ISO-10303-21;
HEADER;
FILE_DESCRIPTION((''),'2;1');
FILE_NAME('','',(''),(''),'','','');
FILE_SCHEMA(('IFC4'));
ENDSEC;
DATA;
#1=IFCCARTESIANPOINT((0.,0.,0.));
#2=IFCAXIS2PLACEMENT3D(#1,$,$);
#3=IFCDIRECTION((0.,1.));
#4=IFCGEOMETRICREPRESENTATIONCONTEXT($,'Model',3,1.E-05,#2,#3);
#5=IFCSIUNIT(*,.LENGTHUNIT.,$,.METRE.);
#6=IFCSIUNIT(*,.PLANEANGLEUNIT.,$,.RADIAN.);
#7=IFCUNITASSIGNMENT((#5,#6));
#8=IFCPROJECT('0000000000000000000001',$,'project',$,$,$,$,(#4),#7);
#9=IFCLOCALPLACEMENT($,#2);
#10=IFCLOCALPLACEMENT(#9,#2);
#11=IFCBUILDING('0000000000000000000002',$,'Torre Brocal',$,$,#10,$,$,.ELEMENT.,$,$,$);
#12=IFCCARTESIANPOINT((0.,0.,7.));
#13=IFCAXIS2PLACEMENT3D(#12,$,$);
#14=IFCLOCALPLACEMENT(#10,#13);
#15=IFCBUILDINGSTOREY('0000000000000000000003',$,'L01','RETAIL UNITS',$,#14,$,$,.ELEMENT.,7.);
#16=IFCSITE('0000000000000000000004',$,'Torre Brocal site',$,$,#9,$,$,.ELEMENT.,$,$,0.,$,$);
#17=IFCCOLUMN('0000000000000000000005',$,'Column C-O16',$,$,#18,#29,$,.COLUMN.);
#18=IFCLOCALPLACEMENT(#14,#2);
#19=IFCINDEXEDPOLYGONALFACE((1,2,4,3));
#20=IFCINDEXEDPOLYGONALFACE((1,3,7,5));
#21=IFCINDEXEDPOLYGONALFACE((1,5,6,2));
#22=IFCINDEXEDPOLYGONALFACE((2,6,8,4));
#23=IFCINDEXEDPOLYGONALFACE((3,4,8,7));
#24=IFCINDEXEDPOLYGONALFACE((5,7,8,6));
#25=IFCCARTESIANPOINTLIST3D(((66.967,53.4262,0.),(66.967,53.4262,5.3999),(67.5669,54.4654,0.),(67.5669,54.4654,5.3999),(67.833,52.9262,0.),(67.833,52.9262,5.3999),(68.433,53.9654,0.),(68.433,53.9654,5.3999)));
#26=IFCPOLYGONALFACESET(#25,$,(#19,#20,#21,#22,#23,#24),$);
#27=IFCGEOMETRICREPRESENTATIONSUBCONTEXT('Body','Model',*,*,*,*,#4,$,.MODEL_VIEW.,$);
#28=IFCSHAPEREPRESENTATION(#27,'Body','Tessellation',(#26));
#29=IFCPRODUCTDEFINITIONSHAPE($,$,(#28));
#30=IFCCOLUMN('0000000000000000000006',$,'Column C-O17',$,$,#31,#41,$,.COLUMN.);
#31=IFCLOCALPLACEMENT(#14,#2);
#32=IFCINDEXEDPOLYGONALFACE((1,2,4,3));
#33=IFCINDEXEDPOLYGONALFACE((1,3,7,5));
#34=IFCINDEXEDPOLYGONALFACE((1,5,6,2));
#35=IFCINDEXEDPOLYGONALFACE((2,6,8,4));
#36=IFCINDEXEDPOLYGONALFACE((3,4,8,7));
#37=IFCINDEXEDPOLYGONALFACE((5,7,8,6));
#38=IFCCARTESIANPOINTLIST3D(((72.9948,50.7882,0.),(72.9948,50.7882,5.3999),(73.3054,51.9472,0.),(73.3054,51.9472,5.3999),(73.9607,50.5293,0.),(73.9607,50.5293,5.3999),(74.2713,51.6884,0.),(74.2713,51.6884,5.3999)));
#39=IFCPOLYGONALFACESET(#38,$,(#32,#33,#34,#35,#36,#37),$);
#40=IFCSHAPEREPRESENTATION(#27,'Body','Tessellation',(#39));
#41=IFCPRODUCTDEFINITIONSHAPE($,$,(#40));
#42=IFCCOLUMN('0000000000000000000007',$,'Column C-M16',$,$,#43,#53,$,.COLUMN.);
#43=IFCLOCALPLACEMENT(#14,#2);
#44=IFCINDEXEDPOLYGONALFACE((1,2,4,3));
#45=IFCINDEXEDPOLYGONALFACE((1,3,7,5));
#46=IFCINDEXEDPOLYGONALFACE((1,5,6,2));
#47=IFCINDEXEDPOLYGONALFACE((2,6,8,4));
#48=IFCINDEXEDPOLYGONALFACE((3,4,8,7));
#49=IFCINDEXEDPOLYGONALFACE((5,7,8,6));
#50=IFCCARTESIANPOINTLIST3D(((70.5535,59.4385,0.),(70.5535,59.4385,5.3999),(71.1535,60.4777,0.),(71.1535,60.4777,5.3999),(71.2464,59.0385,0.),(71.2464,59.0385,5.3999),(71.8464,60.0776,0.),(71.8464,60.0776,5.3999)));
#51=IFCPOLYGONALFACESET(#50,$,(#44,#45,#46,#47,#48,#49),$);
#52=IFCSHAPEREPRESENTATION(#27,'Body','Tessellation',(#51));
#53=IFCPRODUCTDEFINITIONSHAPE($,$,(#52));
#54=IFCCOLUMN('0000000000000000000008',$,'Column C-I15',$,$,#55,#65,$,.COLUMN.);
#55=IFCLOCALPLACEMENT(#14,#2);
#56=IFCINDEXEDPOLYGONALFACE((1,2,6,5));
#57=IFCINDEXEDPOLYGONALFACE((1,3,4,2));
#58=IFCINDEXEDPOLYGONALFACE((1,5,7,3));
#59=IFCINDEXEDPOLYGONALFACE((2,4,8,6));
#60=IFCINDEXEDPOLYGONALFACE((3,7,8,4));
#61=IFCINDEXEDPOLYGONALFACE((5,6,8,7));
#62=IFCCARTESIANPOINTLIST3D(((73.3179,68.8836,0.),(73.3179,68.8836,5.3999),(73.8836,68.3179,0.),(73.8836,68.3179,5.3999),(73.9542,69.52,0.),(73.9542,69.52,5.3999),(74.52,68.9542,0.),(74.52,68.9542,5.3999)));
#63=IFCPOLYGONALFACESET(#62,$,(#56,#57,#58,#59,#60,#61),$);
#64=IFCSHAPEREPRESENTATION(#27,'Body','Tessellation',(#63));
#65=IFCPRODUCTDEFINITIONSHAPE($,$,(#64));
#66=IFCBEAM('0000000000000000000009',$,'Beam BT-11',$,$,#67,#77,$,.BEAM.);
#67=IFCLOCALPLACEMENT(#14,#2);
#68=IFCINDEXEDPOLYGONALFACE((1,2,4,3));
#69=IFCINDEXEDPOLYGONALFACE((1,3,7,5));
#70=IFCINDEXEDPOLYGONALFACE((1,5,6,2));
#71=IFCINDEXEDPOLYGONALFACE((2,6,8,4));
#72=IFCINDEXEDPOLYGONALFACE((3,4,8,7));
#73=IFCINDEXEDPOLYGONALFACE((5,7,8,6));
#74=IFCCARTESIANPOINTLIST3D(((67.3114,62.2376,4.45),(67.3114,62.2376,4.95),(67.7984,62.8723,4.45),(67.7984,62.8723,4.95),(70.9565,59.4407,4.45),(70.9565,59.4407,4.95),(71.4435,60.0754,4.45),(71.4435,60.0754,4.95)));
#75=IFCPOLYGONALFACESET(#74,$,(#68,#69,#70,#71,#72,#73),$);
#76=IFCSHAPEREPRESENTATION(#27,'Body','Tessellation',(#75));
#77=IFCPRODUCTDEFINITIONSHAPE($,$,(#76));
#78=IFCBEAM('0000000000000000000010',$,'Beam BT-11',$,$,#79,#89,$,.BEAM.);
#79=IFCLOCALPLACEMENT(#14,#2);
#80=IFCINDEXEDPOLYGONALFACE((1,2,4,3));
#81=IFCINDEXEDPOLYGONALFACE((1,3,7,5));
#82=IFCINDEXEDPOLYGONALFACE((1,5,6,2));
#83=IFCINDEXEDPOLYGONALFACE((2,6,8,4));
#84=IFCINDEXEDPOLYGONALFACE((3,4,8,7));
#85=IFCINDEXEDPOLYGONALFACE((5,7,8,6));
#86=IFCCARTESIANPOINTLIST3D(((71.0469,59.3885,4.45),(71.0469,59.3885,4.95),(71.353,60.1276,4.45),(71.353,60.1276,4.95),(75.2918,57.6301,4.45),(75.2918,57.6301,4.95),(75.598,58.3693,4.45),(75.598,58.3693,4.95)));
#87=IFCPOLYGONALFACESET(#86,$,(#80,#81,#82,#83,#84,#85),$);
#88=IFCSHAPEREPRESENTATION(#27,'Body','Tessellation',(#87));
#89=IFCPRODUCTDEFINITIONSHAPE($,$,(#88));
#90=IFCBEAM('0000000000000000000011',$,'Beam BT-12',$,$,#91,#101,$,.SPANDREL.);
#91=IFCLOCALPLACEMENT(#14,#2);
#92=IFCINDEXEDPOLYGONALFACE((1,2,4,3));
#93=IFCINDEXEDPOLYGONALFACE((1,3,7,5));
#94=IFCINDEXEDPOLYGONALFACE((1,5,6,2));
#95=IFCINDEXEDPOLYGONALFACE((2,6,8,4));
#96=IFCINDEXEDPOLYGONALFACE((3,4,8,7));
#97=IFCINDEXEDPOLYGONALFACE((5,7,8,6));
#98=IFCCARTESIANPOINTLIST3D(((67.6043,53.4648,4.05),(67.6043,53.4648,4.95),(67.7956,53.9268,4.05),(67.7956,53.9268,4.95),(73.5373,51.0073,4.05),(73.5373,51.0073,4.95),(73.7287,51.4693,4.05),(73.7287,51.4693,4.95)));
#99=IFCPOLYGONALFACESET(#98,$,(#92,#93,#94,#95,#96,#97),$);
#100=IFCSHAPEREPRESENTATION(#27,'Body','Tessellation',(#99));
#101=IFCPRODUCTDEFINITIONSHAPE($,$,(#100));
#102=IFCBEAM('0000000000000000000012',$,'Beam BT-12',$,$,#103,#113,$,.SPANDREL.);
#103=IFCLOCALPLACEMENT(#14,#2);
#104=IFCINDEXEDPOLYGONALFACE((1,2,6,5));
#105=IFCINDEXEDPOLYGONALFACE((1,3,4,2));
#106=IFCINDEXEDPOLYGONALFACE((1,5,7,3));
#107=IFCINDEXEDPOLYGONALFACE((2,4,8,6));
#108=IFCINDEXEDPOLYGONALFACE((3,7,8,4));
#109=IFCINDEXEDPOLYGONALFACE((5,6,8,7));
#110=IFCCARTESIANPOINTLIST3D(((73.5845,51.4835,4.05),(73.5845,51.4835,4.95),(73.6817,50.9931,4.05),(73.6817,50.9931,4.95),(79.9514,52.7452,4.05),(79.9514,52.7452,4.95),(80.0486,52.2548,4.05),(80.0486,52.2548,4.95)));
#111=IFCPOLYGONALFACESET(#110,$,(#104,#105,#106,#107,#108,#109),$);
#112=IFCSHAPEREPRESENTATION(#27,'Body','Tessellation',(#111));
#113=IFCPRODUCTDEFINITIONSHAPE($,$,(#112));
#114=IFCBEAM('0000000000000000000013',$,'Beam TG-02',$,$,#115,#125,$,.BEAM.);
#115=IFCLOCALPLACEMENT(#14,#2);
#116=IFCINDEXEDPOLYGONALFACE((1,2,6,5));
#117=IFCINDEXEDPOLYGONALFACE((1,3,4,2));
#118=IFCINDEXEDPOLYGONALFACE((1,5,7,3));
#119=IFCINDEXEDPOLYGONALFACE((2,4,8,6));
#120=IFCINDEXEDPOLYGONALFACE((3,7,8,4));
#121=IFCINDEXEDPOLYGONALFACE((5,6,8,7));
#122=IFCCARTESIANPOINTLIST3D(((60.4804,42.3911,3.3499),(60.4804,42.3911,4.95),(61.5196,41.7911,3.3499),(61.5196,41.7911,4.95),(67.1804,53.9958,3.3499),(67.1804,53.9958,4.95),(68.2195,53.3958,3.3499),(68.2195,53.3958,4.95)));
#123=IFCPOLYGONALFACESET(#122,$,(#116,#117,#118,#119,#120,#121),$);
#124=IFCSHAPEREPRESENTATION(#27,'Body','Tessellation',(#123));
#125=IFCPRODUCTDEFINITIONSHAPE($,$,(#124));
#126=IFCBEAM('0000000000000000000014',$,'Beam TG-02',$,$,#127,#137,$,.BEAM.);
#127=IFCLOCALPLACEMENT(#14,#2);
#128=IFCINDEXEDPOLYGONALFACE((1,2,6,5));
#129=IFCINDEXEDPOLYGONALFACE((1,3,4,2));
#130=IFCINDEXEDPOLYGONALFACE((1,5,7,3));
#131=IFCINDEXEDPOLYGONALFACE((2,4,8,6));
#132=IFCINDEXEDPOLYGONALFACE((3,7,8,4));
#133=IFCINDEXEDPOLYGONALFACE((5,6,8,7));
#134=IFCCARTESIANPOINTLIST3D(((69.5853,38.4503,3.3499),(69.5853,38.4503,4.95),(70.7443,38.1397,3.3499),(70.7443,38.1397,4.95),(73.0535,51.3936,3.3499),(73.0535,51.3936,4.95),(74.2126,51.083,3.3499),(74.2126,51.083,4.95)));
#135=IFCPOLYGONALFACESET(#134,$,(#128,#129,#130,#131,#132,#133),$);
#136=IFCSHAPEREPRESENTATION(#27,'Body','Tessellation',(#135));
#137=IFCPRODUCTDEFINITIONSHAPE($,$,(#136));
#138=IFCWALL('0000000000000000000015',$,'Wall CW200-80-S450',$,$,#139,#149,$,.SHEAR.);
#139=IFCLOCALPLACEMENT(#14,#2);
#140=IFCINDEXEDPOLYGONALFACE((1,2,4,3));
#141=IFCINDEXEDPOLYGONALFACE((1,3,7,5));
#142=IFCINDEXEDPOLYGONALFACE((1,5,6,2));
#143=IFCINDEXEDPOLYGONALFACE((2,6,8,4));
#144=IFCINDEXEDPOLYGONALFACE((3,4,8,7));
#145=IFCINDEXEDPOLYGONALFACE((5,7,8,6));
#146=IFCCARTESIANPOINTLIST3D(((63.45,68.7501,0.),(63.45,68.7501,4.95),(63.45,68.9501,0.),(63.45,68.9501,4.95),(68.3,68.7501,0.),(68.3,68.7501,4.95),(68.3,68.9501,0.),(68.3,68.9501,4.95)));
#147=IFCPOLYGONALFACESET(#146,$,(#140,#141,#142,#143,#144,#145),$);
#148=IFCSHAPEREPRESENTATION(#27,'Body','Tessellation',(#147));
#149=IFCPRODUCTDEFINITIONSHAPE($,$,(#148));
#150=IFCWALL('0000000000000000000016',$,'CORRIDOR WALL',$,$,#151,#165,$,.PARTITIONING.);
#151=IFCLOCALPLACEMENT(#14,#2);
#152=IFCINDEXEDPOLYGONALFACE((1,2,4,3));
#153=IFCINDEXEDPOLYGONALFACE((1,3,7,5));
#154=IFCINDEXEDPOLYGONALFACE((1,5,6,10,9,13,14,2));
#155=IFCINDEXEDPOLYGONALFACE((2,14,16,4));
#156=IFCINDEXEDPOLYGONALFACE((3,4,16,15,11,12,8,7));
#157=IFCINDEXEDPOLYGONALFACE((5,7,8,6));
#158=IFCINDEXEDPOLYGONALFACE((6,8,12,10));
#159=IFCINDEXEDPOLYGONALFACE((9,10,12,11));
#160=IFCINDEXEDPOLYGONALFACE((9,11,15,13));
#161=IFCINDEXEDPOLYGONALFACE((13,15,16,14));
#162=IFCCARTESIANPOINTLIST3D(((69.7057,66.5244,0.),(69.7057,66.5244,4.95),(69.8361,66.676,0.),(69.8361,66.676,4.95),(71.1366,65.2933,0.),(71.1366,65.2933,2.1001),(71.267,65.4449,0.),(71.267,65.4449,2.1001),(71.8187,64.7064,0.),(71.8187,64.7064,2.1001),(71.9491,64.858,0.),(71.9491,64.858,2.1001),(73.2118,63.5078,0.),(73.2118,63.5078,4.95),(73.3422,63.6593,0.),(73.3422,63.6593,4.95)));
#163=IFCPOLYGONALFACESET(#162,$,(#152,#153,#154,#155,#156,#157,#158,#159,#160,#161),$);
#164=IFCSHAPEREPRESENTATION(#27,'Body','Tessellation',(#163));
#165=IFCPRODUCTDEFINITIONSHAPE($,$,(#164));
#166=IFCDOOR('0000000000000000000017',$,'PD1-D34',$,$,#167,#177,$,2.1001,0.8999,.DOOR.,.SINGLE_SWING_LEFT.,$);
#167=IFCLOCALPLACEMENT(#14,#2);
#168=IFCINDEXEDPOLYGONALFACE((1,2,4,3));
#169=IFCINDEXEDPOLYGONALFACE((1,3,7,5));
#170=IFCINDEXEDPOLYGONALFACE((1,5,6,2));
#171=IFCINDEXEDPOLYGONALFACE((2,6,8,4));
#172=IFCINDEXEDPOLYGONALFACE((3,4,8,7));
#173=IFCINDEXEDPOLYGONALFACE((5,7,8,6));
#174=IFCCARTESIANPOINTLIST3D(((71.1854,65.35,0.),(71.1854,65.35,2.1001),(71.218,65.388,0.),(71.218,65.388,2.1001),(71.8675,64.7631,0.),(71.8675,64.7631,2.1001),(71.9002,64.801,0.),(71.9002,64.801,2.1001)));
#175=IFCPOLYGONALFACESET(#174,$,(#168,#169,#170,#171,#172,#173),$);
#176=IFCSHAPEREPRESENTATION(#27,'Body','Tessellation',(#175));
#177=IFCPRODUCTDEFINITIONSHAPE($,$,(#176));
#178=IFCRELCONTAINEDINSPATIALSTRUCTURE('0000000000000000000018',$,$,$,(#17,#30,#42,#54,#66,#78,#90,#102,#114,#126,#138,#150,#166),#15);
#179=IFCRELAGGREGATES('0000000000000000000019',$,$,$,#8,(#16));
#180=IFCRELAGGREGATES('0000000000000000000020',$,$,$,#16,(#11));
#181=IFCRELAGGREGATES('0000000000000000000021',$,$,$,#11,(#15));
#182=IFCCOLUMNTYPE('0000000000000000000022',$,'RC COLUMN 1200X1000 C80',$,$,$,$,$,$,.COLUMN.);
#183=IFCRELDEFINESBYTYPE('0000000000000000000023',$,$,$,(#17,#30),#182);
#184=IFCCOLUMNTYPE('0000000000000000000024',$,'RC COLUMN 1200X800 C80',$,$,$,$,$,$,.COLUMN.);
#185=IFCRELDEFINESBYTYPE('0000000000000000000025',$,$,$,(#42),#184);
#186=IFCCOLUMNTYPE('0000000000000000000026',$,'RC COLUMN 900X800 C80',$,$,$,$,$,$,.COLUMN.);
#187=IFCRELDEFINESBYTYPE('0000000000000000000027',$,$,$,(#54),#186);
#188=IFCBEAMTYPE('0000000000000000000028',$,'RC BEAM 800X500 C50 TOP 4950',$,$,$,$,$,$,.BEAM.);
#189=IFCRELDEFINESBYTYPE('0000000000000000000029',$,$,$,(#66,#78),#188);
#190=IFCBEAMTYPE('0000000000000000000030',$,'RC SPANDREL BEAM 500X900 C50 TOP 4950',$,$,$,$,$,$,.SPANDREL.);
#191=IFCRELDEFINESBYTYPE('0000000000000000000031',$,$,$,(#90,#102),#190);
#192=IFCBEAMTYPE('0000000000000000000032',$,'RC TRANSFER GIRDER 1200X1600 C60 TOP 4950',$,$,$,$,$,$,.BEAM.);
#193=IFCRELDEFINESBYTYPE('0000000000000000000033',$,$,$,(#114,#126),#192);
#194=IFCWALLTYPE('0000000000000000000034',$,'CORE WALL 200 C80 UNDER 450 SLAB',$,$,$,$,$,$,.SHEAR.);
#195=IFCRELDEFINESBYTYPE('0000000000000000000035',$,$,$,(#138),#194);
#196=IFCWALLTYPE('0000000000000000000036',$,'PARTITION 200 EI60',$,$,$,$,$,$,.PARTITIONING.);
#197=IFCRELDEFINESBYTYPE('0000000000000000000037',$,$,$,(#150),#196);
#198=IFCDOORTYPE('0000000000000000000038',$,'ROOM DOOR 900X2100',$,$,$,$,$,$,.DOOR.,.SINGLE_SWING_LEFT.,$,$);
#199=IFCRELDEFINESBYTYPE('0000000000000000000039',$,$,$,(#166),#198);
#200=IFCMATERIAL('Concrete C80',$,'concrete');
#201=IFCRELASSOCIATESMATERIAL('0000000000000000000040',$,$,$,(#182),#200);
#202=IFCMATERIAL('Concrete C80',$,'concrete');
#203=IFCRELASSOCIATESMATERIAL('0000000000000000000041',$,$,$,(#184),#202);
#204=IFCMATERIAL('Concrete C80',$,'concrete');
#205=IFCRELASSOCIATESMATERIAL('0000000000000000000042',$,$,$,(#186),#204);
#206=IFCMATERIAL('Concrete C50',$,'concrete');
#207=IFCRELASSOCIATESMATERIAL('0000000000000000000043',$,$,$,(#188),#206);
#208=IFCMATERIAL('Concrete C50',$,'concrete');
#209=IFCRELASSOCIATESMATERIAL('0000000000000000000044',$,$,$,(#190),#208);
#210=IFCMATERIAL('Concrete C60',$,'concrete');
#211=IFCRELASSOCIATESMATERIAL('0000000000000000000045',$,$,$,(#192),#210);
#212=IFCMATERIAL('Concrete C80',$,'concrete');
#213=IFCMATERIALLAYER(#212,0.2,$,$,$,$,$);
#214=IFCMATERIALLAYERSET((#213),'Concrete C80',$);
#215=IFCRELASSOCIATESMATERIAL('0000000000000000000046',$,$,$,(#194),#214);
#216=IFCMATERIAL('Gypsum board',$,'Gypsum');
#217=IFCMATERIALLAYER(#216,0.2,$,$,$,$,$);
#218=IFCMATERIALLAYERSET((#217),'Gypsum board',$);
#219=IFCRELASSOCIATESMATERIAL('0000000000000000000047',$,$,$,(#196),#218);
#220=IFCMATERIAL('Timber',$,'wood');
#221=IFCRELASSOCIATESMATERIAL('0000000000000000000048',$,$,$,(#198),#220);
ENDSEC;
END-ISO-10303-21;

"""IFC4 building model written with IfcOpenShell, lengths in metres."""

from ifc_helpers import new_model, si_unit, direction, frame, frame_2d, origin, origin_2d, place, context, subcontext, project, spatial, rectangle, extrude, material, layer, layer_set, material_profile, profile_set, type_object, element, fill, save


model = new_model("IFC4")

# Units and contexts
model_context = context("Model", 3, precision=1e-05, world=origin(), true_north=direction((0.0, 1.0)))
body_context = subcontext(model_context, "Body", "Model", "MODEL_VIEW")
ifc_project = project(units=[si_unit("LENGTHUNIT", "METRE"), si_unit("PLANEANGLEUNIT", "RADIAN")], contexts=[model_context])

# Site, building, storey
site_placement = place(None, origin())
site = spatial("IfcSite", under=ifc_project, at=site_placement, Name="Torre Brocal site", CompositionType="ELEMENT", RefElevation=0.0)
building_placement = place(site_placement, origin())
building = spatial("IfcBuilding", under=site, at=building_placement, Name="Torre Brocal", CompositionType="ELEMENT")
storey_placement = place(building_placement, frame((0.0, 0.0, 7.0)))
storey = spatial("IfcBuildingStorey", under=building, at=storey_placement, Name="L01", Description="RETAIL UNITS", CompositionType="ELEMENT", Elevation=7.0)

# Columns
ifc_material_1 = material(Name="Concrete C80", Category="concrete")
ifc_material_profile_1 = material_profile(ifc_material_1, rectangle(XDim=1.2, YDim=1.0, at=origin_2d()), Name="RC 1200X1000")
ifc_profile_set_1 = profile_set([ifc_material_profile_1], Name="Concrete C80")
column_type_1 = type_object("IfcColumnType", Name="RC COLUMN 1200X1000 C80", PredefinedType="COLUMN", material=ifc_profile_set_1)
for number, where, z_axis, x_axis, name in (
    (1, (67.7, 53.6958, 0.0), (0.0, 0.0, 1.0), (-0.5, -0.866025, 0.0), "Column C-O16"),
    (2, (73.6331, 51.2383, 0.0), (0.0, 0.0, 1.0), (-0.258819, -0.965926, 0.0), "Column C-O17"),
):
    element("IfcColumn", number, at=place(storey_placement, frame(where, z_axis=z_axis, x_axis=x_axis)), inside=storey, type_object=column_type_1, Name=name, PredefinedType="COLUMN", context=body_context, shape_type="SweptSolid", body=[
        extrude(rectangle(XDim=1.2, YDim=1.0, at=origin_2d()), origin(), (0.0, 0.0, 1.0), 5.3999),
    ])
ifc_material_2 = material(Name="Concrete C80", Category="concrete")
ifc_material_profile_2 = material_profile(ifc_material_2, rectangle(XDim=1.2, YDim=0.8, at=origin_2d()), Name="RC 1200X800")
ifc_profile_set_2 = profile_set([ifc_material_profile_2], Name="Concrete C80")
column_type_2 = type_object("IfcColumnType", Name="RC COLUMN 1200X800 C80", PredefinedType="COLUMN", material=ifc_profile_set_2)
column_1_placement = place(storey_placement, frame((71.2, 59.7581, 0.0), z_axis=(0.0, 0.0, 1.0), x_axis=(-0.5, -0.866025, 0.0)))
element("IfcColumn", 3, at=column_1_placement, inside=storey, type_object=column_type_2, Name="Column C-M16", PredefinedType="COLUMN", context=body_context, shape_type="SweptSolid", body=[
    extrude(rectangle(XDim=1.2, YDim=0.8, at=origin_2d()), origin(), (0.0, 0.0, 1.0), 5.3999),
])
ifc_material_3 = material(Name="Concrete C80", Category="concrete")
ifc_material_profile_3 = material_profile(ifc_material_3, rectangle(XDim=0.8999, YDim=0.8, at=origin_2d()), Name="RC 900X800")
ifc_profile_set_3 = profile_set([ifc_material_profile_3], Name="Concrete C80")
column_type_3 = type_object("IfcColumnType", Name="RC COLUMN 900X800 C80", PredefinedType="COLUMN", material=ifc_profile_set_3)
column_2_placement = place(storey_placement, frame((73.9189, 68.9189, 0.0), z_axis=(0.0, 0.0, 1.0), x_axis=(-0.707107, -0.707107, 0.0)))
element("IfcColumn", 4, at=column_2_placement, inside=storey, type_object=column_type_3, Name="Column C-I15", PredefinedType="COLUMN", context=body_context, shape_type="SweptSolid", body=[
    extrude(rectangle(XDim=0.8999, YDim=0.8, at=origin_2d()), origin(), (0.0, 0.0, 1.0), 5.3999),
])

# Beams
ifc_material_4 = material(Name="Concrete C50", Category="concrete")
ifc_material_profile_4 = material_profile(ifc_material_4, rectangle(XDim=0.8, YDim=0.5, at=origin_2d()), Name="RC 800X500")
ifc_profile_set_4 = profile_set([ifc_material_profile_4], Name="Concrete C50")
beam_type_1 = type_object("IfcBeamType", Name="RC BEAM 800X500 C50 TOP 4950", PredefinedType="BEAM", material=ifc_profile_set_4)
beam_1_placement = place(storey_placement, frame((67.5549, 62.5549, 4.7), z_axis=(0.793358, -0.608755, 0.0), x_axis=(0.608755, 0.793358, 0.0)))
element("IfcBeam", 5, at=beam_1_placement, inside=storey, type_object=beam_type_1, Name="Beam BT-11", PredefinedType="BEAM", context=body_context, shape_type="SweptSolid", body=[
    extrude(rectangle(XDim=0.8, YDim=0.5, at=origin_2d()), origin(), (0.0, 0.0, 1.0), 4.5945),
])
beam_2_placement = place(storey_placement, frame((71.2, 59.7581, 4.7), z_axis=(0.923878, -0.382687, 0.0), x_axis=(0.382687, 0.923878, 0.0)))
element("IfcBeam", 6, at=beam_2_placement, inside=storey, type_object=beam_type_1, Name="Beam BT-11", PredefinedType="BEAM", context=body_context, shape_type="SweptSolid", body=[
    extrude(rectangle(XDim=0.8, YDim=0.5, at=origin_2d()), origin(), (0.0, 0.0, 1.0), 4.5947),
])
ifc_material_5 = material(Name="Concrete C50", Category="concrete")
ifc_material_profile_5 = material_profile(ifc_material_5, rectangle(XDim=0.5, YDim=0.8999, at=origin_2d()), Name="RC 500X900")
ifc_profile_set_5 = profile_set([ifc_material_profile_5], Name="Concrete C50")
beam_type_2 = type_object("IfcBeamType", Name="RC SPANDREL BEAM 500X900 C50 TOP 4950", PredefinedType="SPANDREL", material=ifc_profile_set_5)
beam_3_placement = place(storey_placement, frame((67.7, 53.6958, 4.5), z_axis=(0.923882, -0.382676, 0.0), x_axis=(0.382676, 0.923882, 0.0)))
element("IfcBeam", 7, at=beam_3_placement, inside=storey, type_object=beam_type_2, Name="Beam BT-12", PredefinedType="SPANDREL", context=body_context, shape_type="SweptSolid", body=[
    extrude(rectangle(XDim=0.5, YDim=0.8999, at=origin_2d()), origin(), (0.0, 0.0, 1.0), 6.4219),
])
beam_4_placement = place(storey_placement, frame((73.6331, 51.2383, 4.5), z_axis=(0.980925, 0.194387, 0.0), x_axis=(-0.194387, 0.980925, 0.0)))
element("IfcBeam", 8, at=beam_4_placement, inside=storey, type_object=beam_type_2, Name="Beam BT-12", PredefinedType="SPANDREL", context=body_context, shape_type="SweptSolid", body=[
    extrude(rectangle(XDim=0.5, YDim=0.8999, at=origin_2d()), origin(), (0.0, 0.0, 1.0), 6.4907),
])
ifc_material_6 = material(Name="Concrete C60", Category="concrete")
ifc_material_profile_6 = material_profile(ifc_material_6, rectangle(XDim=1.2, YDim=1.6001, at=origin_2d()), Name="RC 1200X1600")
ifc_profile_set_6 = profile_set([ifc_material_profile_6], Name="Concrete C60")
beam_type_3 = type_object("IfcBeamType", Name="RC TRANSFER GIRDER 1200X1600 C60 TOP 4950", PredefinedType="BEAM", material=ifc_profile_set_6)
for number, where, z_axis, x_axis, name in (
    (9, (67.7, 53.6958, 4.1499), (-0.499997, -0.866027, 0.0), (0.866027, -0.499997, 0.0), "Beam TG-02"),
    (10, (73.6331, 51.2383, 4.1499), (-0.258826, -0.965924, 0.0), (0.965924, -0.258826, 0.0), "Beam TG-02"),
):
    element("IfcBeam", number, at=place(storey_placement, frame(where, z_axis=z_axis, x_axis=x_axis)), inside=storey, type_object=beam_type_3, Name=name, PredefinedType="BEAM", context=body_context, shape_type="SweptSolid", body=[
        extrude(rectangle(XDim=1.2, YDim=1.6001, at=origin_2d()), origin(), (0.0, 0.0, 1.0), 13.3999),
    ])

# Wall
ifc_material_7 = material(Name="Concrete C80", Category="concrete")
ifc_layer_1 = layer(ifc_material_7, 0.2)
ifc_layer_set_1 = layer_set([ifc_layer_1], Name="Concrete C80")
wall_type_1 = type_object("IfcWallType", Name="CORE WALL 200 C80 UNDER 450 SLAB", PredefinedType="SHEAR", material=ifc_layer_set_1)
wall_1_placement = place(storey_placement, frame((68.3, 68.8501, 0.0), z_axis=(0.0, 0.0, 1.0), x_axis=(-1.0, 0.0, 0.0)))
element("IfcWall", 11, at=wall_1_placement, inside=storey, type_object=wall_type_1, Name="Wall CW200-80-S450", PredefinedType="SHEAR", context=body_context, shape_type="SweptSolid", body=[
    extrude(rectangle(XDim=4.8501, YDim=0.2, at=frame_2d((2.425, 0.0))), origin(), (0.0, 0.0, 1.0), 4.95),
])

# Wall, opening, door
ifc_material_8 = material(Name="Gypsum board", Category="Gypsum")
ifc_layer_2 = layer(ifc_material_8, 0.2)
ifc_layer_set_2 = layer_set([ifc_layer_2], Name="Gypsum board")
wall_type_2 = type_object("IfcWallType", Name="PARTITION 200 EI60", PredefinedType="PARTITIONING", material=ifc_layer_set_2)
wall_2_placement = place(storey_placement, frame((69.771, 66.6001, 0.0), z_axis=(0.0, 0.0, 1.0), x_axis=(0.758041, -0.652207, 0.0)))
wall_2 = element("IfcWall", 12, at=wall_2_placement, inside=storey, type_object=wall_type_2, Name="CORRIDOR WALL", PredefinedType="PARTITIONING", context=body_context, shape_type="SweptSolid", body=[
    extrude(rectangle(XDim=4.6252, YDim=0.2, at=frame_2d((2.3125, 0.0))), origin(), (0.0, 0.0, 1.0), 4.95),
])
opening_1_placement = place(wall_2_placement, frame((1.8875, 0.0, 0.0)))
opening_1 = element("IfcOpeningElement", 13, at=opening_1_placement, cuts=wall_2, PredefinedType="OPENING", context=body_context, shape_type="SweptSolid", body=[
    extrude(rectangle(XDim=0.8999, YDim=2.1001, at=frame_2d((0.45, 1.05))), frame((0.0, 0.1099, 0.0), z_axis=(0.0, -1.0, 0.0), x_axis=(1.0, 0.0, 0.0)), (0.0, 0.0, 1.0), 0.22),
])
ifc_material_9 = material(Name="Timber", Category="wood")
door_type_1 = type_object("IfcDoorType", Name="ROOM DOOR 900X2100", OperationType="SINGLE_SWING_LEFT", PredefinedType="DOOR", material=ifc_material_9)
door_1_placement = place(opening_1_placement, origin())
door_1 = element("IfcDoor", 14, at=door_1_placement, inside=storey, type_object=door_type_1, Name="PD1-D34", OperationType="SINGLE_SWING_LEFT", OverallHeight=2.1001, OverallWidth=0.8999, PredefinedType="DOOR", context=body_context, shape_type="SweptSolid", body=[
    extrude(rectangle(XDim=0.8999, YDim=2.1001, at=frame_2d((0.45, 1.05))), frame((0.0, 0.0249, 0.0), z_axis=(0.0, -1.0, 0.0), x_axis=(1.0, 0.0, 0.0)), (0.0, 0.0, 1.0), 0.05),
])
fill(opening_1, door_1)

save(model, "model.ifc")
